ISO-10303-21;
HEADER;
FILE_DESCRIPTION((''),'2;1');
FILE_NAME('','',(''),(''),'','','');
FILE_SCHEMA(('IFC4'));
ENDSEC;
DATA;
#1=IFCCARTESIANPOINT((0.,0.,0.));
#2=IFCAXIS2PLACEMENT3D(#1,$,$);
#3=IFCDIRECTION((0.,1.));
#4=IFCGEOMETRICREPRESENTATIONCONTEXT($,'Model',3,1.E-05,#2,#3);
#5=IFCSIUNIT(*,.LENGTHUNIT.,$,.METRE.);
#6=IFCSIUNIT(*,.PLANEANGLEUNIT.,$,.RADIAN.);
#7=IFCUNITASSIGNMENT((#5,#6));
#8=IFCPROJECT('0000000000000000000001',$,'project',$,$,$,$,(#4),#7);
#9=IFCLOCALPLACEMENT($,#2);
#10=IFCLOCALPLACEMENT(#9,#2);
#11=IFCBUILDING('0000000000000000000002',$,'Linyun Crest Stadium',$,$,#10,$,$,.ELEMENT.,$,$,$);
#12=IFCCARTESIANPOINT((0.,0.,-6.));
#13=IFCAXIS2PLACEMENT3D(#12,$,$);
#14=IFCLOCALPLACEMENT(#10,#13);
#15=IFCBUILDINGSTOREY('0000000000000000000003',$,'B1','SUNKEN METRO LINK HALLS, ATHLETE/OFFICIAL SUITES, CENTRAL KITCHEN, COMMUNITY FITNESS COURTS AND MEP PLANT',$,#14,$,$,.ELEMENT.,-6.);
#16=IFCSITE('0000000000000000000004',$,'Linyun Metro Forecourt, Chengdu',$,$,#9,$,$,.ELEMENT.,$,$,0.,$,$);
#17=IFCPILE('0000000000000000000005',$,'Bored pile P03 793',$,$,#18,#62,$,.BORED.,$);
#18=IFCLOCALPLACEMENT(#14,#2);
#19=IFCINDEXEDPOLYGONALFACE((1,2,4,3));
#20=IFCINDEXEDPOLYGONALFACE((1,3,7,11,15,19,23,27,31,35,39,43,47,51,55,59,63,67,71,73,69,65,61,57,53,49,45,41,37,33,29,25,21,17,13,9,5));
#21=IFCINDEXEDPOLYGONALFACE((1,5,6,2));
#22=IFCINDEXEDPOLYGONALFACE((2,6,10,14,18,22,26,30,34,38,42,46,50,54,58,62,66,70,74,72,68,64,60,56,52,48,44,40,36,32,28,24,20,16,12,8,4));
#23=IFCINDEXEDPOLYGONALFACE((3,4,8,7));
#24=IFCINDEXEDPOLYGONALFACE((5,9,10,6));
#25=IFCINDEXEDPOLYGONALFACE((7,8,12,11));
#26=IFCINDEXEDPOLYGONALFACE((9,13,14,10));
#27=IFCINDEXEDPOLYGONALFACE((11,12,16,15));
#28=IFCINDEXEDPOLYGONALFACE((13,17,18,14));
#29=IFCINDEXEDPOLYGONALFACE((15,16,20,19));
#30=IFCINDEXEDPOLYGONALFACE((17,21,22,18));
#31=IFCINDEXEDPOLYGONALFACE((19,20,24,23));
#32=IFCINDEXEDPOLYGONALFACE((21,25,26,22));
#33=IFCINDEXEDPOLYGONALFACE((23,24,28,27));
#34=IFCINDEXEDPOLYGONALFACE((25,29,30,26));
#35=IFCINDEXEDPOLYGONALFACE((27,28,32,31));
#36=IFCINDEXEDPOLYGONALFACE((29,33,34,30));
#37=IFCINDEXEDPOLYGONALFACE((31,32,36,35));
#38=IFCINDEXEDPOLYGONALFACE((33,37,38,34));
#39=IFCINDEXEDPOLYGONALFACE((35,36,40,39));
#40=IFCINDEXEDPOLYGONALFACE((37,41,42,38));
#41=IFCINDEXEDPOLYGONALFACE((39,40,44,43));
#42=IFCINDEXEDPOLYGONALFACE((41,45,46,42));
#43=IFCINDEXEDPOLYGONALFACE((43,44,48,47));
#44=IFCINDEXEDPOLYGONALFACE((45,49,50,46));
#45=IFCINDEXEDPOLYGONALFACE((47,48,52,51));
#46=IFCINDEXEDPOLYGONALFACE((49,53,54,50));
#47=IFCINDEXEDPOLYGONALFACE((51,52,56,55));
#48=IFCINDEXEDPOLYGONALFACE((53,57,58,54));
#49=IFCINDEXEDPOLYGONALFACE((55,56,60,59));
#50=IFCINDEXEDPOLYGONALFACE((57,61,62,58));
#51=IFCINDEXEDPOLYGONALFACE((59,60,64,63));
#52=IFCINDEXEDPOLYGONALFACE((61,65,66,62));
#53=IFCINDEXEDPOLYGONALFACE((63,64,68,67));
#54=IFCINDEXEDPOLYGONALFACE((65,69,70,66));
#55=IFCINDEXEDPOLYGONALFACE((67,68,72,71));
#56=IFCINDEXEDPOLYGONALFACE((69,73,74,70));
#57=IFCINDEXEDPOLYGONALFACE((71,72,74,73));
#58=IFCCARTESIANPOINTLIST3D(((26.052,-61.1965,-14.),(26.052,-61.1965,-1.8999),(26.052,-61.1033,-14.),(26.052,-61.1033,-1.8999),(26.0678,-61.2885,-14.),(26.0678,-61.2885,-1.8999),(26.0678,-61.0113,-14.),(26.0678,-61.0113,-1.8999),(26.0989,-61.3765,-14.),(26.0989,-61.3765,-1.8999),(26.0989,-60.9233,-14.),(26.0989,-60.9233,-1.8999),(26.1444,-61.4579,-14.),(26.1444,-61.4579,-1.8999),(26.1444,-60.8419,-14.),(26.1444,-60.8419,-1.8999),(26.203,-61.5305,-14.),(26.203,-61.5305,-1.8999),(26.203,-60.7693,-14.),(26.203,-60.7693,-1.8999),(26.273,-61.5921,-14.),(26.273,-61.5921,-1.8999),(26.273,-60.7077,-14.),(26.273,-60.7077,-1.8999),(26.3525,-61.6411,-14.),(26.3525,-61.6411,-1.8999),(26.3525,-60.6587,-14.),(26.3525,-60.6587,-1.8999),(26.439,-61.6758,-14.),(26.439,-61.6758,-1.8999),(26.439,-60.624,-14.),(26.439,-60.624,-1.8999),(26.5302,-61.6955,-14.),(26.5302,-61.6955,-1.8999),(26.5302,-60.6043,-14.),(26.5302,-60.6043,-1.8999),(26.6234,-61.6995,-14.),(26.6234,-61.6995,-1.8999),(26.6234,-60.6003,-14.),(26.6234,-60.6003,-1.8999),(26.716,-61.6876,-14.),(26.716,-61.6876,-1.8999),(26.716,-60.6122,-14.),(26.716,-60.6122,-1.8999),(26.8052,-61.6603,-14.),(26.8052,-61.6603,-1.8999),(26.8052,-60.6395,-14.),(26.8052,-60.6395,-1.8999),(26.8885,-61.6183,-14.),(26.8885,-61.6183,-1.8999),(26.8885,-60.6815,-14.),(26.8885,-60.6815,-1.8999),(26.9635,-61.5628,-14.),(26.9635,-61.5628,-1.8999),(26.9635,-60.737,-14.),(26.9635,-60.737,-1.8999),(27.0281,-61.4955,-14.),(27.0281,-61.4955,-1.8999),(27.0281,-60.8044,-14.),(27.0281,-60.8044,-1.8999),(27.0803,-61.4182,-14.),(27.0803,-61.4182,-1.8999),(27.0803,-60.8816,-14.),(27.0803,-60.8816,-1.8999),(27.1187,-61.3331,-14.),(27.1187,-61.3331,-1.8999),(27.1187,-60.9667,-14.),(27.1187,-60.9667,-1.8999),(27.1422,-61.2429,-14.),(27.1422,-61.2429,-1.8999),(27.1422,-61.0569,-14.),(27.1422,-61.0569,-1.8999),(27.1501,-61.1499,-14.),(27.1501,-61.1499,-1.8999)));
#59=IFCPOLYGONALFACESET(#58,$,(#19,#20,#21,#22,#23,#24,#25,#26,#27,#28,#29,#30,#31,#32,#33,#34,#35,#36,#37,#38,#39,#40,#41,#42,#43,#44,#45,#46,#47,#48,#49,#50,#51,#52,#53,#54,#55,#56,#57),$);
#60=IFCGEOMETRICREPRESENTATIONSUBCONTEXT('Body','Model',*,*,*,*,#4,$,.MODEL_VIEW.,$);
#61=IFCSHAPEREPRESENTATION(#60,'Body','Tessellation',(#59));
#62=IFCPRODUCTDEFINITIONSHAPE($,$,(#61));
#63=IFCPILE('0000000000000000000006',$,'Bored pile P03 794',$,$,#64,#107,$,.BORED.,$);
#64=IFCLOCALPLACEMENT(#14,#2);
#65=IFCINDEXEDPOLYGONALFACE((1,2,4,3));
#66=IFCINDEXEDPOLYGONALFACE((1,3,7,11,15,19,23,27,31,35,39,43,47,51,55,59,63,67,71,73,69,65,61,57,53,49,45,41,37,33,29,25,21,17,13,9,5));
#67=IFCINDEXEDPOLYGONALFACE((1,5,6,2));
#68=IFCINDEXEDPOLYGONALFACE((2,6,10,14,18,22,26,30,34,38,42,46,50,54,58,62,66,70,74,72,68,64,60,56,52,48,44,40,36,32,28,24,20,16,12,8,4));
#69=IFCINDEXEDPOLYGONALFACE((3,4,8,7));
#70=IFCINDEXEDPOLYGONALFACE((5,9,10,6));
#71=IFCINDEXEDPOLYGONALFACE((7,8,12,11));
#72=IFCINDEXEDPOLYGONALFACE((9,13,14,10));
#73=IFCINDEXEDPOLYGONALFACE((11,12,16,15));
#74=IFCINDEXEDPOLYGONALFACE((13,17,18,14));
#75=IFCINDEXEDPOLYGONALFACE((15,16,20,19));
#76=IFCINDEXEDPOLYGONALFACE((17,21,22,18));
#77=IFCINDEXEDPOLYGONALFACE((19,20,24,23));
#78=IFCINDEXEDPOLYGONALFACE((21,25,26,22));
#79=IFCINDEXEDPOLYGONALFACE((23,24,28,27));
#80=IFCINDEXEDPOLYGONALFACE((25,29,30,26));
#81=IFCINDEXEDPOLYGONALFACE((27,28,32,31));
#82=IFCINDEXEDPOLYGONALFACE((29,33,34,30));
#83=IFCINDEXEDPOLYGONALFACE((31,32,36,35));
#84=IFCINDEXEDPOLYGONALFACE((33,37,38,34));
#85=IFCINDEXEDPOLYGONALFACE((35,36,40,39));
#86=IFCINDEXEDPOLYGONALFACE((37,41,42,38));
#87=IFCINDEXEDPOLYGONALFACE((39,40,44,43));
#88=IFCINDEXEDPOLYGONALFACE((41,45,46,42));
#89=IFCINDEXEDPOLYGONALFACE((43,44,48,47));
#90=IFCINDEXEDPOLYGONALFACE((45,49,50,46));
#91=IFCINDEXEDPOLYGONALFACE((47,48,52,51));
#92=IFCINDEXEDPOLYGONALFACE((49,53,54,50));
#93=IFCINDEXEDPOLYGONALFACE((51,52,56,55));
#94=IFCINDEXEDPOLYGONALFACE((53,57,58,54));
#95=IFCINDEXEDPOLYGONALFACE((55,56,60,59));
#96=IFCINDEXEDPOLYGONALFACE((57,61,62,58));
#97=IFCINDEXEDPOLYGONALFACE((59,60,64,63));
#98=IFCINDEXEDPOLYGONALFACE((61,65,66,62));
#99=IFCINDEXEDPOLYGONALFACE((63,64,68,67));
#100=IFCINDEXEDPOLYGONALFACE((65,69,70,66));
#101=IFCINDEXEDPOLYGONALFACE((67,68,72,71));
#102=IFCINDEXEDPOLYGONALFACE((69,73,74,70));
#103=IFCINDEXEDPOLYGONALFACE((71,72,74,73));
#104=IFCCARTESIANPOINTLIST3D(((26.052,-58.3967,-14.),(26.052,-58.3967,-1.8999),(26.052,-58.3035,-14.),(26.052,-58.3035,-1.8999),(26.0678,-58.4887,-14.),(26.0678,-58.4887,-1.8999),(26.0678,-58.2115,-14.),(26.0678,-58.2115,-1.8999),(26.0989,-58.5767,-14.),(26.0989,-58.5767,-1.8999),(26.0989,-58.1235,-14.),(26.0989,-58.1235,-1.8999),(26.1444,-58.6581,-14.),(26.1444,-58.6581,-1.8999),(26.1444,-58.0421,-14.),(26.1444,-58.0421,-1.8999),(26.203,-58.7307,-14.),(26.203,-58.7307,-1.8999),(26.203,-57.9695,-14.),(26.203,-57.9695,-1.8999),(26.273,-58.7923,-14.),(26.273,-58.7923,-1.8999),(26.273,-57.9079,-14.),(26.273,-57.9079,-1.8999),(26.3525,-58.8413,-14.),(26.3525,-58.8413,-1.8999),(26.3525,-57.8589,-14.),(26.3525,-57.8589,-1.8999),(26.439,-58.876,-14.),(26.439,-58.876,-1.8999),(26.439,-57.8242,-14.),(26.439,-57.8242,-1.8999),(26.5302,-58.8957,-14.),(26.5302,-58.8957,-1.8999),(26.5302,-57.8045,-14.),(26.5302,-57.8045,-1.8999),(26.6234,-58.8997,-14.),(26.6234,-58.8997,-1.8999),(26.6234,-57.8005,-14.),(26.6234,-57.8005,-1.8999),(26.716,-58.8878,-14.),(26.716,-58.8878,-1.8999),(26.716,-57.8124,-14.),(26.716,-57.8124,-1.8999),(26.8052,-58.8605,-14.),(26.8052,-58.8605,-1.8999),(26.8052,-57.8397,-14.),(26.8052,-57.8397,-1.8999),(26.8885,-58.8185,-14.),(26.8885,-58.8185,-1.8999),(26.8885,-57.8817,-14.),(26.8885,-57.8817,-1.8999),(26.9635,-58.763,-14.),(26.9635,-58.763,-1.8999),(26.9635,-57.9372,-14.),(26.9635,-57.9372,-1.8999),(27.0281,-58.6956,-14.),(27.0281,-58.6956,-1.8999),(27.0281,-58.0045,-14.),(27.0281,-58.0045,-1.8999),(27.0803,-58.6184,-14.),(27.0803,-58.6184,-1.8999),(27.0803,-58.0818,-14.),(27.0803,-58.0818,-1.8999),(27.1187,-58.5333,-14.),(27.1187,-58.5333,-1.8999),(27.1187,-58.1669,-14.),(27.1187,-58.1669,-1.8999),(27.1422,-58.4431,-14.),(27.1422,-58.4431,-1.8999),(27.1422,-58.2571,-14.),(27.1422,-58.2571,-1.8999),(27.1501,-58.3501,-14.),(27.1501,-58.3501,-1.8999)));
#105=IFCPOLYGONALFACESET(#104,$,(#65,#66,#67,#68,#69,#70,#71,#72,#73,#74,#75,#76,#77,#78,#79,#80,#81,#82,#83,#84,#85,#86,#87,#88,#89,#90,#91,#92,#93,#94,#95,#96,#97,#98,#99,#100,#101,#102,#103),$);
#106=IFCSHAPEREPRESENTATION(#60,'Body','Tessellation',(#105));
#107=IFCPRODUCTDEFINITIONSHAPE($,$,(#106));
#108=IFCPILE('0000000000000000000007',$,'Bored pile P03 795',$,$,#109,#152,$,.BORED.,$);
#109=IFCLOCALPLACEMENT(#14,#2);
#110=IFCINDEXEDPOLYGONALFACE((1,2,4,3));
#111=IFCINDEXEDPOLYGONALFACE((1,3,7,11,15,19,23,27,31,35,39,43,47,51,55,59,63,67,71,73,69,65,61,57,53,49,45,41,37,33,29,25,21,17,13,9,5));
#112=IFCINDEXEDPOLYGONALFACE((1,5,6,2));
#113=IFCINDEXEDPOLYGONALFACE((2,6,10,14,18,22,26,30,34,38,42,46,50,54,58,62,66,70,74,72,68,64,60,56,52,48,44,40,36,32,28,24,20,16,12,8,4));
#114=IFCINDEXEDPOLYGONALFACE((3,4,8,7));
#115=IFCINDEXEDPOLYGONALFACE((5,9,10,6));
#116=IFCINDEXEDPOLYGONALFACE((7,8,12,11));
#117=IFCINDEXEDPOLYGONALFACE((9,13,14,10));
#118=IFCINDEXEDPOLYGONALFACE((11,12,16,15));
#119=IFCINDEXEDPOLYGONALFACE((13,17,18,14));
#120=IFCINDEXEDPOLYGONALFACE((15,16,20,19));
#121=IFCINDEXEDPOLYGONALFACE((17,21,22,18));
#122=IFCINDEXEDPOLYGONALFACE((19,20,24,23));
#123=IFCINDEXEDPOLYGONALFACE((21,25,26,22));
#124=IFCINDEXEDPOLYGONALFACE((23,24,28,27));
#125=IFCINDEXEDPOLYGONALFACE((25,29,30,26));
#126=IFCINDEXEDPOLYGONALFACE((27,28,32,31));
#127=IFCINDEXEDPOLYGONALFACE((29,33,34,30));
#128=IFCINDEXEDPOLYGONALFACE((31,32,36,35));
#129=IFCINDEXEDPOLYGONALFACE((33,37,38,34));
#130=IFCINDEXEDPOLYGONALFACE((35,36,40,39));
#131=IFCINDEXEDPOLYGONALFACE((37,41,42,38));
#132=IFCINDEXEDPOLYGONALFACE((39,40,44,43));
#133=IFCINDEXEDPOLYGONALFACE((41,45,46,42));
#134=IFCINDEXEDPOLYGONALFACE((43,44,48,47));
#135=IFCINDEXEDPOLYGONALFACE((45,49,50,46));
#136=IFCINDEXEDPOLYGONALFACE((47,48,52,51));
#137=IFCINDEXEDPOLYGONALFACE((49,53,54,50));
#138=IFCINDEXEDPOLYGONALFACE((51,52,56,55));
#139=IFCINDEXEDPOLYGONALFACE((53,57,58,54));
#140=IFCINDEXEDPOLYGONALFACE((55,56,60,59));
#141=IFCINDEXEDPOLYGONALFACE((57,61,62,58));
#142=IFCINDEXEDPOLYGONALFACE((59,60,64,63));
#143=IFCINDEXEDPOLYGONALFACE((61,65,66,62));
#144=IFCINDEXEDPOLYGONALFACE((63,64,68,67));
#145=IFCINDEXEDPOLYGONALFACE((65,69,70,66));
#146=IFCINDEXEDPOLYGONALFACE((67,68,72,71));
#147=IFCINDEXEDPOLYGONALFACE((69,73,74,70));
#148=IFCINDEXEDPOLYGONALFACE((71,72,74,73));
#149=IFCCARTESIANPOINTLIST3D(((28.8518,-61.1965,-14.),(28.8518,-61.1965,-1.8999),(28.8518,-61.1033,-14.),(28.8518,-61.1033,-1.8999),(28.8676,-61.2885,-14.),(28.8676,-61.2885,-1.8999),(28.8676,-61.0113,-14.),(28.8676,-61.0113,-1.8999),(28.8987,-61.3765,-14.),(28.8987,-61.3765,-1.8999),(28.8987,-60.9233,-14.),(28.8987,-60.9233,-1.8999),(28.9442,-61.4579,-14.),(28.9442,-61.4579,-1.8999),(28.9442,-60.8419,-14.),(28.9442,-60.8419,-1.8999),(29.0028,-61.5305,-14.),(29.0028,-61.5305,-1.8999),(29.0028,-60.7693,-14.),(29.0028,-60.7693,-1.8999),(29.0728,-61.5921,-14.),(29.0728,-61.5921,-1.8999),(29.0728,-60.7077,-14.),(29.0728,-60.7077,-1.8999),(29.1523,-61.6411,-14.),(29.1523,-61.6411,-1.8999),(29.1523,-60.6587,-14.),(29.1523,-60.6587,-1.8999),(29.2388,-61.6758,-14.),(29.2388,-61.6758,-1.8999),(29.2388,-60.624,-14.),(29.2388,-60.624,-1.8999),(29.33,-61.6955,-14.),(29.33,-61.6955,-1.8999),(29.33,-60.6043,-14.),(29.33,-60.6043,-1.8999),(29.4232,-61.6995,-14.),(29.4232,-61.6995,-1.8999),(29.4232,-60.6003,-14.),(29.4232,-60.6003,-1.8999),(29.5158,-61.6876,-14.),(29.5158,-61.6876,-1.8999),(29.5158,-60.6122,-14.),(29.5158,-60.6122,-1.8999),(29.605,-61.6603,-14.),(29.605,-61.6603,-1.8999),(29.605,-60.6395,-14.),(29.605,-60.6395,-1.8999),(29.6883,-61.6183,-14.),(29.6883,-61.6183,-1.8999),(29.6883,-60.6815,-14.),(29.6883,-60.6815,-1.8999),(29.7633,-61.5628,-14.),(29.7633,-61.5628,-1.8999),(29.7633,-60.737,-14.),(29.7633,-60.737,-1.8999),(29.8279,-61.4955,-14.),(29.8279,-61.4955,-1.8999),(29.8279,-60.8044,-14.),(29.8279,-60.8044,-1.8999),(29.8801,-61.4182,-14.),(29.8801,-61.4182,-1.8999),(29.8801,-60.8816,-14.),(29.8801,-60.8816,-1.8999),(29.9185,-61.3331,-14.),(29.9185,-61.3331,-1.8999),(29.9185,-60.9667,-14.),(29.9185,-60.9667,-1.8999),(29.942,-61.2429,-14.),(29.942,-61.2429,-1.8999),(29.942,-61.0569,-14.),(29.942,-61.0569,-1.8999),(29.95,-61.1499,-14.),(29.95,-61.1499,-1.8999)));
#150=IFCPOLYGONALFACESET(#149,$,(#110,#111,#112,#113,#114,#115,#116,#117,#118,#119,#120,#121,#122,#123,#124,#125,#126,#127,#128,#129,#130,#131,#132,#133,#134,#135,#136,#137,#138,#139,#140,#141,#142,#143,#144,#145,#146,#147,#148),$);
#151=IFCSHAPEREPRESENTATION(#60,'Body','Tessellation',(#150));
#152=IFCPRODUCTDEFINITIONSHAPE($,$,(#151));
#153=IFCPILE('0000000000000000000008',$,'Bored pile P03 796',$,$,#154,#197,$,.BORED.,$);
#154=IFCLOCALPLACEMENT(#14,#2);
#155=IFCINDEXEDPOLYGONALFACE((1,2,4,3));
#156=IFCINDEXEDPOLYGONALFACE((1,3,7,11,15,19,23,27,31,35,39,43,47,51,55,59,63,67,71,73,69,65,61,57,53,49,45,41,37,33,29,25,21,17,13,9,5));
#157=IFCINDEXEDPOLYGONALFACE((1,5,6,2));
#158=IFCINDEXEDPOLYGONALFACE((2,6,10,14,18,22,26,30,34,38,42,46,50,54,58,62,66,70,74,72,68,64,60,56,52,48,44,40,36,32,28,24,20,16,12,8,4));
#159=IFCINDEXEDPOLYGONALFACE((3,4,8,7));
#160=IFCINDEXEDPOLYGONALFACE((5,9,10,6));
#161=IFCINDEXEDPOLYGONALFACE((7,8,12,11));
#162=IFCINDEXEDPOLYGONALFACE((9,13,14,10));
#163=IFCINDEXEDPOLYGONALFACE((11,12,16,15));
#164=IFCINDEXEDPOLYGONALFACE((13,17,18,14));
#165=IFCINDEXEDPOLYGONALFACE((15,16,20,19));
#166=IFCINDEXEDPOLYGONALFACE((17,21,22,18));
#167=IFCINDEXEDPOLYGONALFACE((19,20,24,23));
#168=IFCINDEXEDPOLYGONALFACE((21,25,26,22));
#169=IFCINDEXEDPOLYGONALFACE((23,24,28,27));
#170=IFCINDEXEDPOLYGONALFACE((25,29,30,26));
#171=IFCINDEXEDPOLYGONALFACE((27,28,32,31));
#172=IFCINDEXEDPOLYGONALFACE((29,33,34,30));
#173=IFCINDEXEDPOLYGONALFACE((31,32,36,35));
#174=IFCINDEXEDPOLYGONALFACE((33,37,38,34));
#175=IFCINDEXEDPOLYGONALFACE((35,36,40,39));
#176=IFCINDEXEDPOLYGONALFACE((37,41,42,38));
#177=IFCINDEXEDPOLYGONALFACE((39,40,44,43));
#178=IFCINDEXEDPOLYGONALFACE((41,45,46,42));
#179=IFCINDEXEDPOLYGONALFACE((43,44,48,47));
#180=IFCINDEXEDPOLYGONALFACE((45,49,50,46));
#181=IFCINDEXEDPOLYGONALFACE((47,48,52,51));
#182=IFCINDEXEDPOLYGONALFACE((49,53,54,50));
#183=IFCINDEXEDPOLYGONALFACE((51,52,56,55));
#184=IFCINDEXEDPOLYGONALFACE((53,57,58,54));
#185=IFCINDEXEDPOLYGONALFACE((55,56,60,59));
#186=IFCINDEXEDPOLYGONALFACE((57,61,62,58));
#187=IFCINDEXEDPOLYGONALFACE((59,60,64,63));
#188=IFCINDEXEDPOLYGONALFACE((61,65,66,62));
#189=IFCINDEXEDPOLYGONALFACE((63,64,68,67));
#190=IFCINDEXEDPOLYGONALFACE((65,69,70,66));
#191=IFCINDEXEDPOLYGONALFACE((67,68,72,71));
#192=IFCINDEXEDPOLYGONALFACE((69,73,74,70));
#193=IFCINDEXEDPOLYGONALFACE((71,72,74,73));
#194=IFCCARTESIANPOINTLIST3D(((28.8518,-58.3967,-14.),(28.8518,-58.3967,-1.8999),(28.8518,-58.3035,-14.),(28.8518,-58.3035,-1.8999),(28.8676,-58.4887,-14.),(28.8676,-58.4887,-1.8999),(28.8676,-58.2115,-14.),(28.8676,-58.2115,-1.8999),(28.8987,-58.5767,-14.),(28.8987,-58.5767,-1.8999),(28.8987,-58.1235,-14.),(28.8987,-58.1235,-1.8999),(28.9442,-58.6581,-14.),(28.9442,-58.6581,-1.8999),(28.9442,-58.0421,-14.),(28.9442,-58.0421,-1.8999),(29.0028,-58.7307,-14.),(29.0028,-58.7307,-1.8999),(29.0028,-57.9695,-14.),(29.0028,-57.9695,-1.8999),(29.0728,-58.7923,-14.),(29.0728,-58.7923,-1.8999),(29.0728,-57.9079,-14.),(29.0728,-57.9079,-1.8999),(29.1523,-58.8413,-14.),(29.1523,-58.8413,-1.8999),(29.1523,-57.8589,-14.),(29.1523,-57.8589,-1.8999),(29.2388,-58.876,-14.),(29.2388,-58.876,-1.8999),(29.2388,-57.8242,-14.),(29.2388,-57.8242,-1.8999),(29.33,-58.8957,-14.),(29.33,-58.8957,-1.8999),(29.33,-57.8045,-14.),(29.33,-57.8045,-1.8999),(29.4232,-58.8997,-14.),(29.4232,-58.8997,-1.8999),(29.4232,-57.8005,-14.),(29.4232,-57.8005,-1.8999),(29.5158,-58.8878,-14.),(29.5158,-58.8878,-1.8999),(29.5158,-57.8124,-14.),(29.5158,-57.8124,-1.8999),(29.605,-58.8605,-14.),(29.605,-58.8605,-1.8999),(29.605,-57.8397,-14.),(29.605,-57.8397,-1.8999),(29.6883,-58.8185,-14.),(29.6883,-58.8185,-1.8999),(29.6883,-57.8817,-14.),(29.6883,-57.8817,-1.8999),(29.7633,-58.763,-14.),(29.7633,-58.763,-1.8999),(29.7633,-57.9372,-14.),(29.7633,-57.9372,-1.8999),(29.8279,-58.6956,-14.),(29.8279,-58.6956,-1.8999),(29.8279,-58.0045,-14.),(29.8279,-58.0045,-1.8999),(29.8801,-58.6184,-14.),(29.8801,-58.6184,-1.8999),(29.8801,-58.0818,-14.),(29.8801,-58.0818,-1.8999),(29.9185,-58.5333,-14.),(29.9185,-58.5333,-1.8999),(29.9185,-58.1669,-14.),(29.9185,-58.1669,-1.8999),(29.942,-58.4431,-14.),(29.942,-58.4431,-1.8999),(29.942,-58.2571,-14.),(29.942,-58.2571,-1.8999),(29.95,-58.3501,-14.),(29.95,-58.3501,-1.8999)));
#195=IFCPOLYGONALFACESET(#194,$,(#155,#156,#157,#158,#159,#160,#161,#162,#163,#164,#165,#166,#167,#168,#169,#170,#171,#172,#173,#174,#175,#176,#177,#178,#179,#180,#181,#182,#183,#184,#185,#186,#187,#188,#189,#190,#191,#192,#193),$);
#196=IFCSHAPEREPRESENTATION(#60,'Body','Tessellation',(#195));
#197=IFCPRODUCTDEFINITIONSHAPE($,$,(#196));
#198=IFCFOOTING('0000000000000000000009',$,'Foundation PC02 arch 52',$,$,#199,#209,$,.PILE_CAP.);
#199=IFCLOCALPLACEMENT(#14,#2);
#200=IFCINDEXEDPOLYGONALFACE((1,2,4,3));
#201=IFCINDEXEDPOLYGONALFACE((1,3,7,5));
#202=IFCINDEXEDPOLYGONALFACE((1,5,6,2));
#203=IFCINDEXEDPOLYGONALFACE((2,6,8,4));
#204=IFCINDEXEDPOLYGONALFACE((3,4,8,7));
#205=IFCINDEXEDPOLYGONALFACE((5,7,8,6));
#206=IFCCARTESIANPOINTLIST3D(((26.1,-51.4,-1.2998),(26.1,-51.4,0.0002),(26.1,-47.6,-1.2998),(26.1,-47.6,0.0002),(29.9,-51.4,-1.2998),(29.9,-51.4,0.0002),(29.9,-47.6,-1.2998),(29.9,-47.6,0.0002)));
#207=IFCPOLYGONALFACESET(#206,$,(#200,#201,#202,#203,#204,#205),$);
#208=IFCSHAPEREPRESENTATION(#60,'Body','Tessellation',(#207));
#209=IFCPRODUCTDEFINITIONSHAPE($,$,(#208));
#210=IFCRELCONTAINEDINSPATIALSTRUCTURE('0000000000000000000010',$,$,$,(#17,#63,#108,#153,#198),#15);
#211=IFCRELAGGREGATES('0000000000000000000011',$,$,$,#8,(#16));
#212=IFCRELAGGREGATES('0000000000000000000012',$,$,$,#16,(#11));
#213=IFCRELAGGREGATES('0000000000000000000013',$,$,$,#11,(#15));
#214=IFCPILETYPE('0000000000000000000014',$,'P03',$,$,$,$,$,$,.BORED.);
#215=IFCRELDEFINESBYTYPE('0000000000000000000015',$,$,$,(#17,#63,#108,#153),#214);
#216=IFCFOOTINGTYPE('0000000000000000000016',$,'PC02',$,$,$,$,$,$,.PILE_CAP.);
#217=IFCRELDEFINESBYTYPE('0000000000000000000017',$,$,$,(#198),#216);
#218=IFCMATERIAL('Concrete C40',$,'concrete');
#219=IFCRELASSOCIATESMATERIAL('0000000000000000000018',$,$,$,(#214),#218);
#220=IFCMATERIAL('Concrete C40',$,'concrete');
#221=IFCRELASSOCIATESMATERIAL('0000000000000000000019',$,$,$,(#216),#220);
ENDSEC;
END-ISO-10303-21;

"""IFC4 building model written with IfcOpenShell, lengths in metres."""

from ifc_helpers import new_model, si_unit, direction, frame, origin, origin_2d, place, context, subcontext, project, spatial, rectangle, circle, extrude, material, material_profile, profile_set, type_object, element, save


model = new_model("IFC4")

# Units and contexts
model_context = context("Model", 3, precision=1e-05, world=origin(), true_north=direction((0.0, 1.0)))
body_context = subcontext(model_context, "Body", "Model", "MODEL_VIEW")
ifc_project = project(units=[si_unit("LENGTHUNIT", "METRE"), si_unit("PLANEANGLEUNIT", "RADIAN")], contexts=[model_context])

# Site, building, storey
site_placement = place(None, origin())
site = spatial("IfcSite", under=ifc_project, at=site_placement, Name="Linyun Metro Forecourt, Chengdu", CompositionType="ELEMENT", RefElevation=0.0)
building_placement = place(site_placement, origin())
building = spatial("IfcBuilding", under=site, at=building_placement, Name="Linyun Crest Stadium", CompositionType="ELEMENT")
storey_placement = place(building_placement, frame((0.0, 0.0, -6.0)))
storey = spatial("IfcBuildingStorey", under=building, at=storey_placement, Name="B1", Description="SUNKEN METRO LINK HALLS, ATHLETE/OFFICIAL SUITES, CENTRAL KITCHEN, COMMUNITY FITNESS COURTS AND MEP PLANT", CompositionType="ELEMENT", Elevation=-6.0)

# Piles
ifc_material_1 = material(Name="Concrete C40", Category="concrete")
ifc_material_profile_1 = material_profile(ifc_material_1, circle(Radius=0.55, at=origin_2d()), Name="BORED PILE 1100")
ifc_profile_set_1 = profile_set([ifc_material_profile_1], Name="Concrete C40")
pile_type_1 = type_object("IfcPileType", Name="P03", PredefinedType="BORED", material=ifc_profile_set_1)
for number, where, z_axis, x_axis, name in (
    (1, (26.6001, -61.1499, -1.8999), (0.0, 0.0, -1.0), (1.0, 0.0, 0.0), "Bored pile P03 793"),
    (2, (26.6001, -58.3501, -1.8999), (0.0, 0.0, -1.0), (1.0, 0.0, 0.0), "Bored pile P03 794"),
    (3, (29.3999, -61.1499, -1.8999), (0.0, 0.0, -1.0), (1.0, 0.0, 0.0), "Bored pile P03 795"),
    (4, (29.3999, -58.3501, -1.8999), (0.0, 0.0, -1.0), (1.0, 0.0, 0.0), "Bored pile P03 796"),
):
    element("IfcPile", number, at=place(storey_placement, frame(where, z_axis=z_axis, x_axis=x_axis)), inside=storey, type_object=pile_type_1, Name=name, PredefinedType="BORED", context=body_context, shape_type="SweptSolid", body=[
        extrude(circle(Radius=0.55, at=origin_2d()), origin(), (0.0, 0.0, 1.0), 12.1001),
    ])

# Footing
ifc_material_2 = material(Name="Concrete C40", Category="concrete")
footing_type_1 = type_object("IfcFootingType", Name="PC02", PredefinedType="PILE_CAP", material=ifc_material_2)
footing_1_placement = place(storey_placement, frame((28.0, -49.5, -1.2998), z_axis=(0.0, 0.0, 1.0), x_axis=(1.0, 0.0, 0.0)))
element("IfcFooting", 5, at=footing_1_placement, inside=storey, type_object=footing_type_1, Name="Foundation PC02 arch 52", PredefinedType="PILE_CAP", context=body_context, shape_type="SweptSolid", body=[
    extrude(rectangle(XDim=3.8, YDim=3.8, at=origin_2d()), origin(), (0.0, 0.0, 1.0), 1.3),
])

save(model, "model.ifc")
